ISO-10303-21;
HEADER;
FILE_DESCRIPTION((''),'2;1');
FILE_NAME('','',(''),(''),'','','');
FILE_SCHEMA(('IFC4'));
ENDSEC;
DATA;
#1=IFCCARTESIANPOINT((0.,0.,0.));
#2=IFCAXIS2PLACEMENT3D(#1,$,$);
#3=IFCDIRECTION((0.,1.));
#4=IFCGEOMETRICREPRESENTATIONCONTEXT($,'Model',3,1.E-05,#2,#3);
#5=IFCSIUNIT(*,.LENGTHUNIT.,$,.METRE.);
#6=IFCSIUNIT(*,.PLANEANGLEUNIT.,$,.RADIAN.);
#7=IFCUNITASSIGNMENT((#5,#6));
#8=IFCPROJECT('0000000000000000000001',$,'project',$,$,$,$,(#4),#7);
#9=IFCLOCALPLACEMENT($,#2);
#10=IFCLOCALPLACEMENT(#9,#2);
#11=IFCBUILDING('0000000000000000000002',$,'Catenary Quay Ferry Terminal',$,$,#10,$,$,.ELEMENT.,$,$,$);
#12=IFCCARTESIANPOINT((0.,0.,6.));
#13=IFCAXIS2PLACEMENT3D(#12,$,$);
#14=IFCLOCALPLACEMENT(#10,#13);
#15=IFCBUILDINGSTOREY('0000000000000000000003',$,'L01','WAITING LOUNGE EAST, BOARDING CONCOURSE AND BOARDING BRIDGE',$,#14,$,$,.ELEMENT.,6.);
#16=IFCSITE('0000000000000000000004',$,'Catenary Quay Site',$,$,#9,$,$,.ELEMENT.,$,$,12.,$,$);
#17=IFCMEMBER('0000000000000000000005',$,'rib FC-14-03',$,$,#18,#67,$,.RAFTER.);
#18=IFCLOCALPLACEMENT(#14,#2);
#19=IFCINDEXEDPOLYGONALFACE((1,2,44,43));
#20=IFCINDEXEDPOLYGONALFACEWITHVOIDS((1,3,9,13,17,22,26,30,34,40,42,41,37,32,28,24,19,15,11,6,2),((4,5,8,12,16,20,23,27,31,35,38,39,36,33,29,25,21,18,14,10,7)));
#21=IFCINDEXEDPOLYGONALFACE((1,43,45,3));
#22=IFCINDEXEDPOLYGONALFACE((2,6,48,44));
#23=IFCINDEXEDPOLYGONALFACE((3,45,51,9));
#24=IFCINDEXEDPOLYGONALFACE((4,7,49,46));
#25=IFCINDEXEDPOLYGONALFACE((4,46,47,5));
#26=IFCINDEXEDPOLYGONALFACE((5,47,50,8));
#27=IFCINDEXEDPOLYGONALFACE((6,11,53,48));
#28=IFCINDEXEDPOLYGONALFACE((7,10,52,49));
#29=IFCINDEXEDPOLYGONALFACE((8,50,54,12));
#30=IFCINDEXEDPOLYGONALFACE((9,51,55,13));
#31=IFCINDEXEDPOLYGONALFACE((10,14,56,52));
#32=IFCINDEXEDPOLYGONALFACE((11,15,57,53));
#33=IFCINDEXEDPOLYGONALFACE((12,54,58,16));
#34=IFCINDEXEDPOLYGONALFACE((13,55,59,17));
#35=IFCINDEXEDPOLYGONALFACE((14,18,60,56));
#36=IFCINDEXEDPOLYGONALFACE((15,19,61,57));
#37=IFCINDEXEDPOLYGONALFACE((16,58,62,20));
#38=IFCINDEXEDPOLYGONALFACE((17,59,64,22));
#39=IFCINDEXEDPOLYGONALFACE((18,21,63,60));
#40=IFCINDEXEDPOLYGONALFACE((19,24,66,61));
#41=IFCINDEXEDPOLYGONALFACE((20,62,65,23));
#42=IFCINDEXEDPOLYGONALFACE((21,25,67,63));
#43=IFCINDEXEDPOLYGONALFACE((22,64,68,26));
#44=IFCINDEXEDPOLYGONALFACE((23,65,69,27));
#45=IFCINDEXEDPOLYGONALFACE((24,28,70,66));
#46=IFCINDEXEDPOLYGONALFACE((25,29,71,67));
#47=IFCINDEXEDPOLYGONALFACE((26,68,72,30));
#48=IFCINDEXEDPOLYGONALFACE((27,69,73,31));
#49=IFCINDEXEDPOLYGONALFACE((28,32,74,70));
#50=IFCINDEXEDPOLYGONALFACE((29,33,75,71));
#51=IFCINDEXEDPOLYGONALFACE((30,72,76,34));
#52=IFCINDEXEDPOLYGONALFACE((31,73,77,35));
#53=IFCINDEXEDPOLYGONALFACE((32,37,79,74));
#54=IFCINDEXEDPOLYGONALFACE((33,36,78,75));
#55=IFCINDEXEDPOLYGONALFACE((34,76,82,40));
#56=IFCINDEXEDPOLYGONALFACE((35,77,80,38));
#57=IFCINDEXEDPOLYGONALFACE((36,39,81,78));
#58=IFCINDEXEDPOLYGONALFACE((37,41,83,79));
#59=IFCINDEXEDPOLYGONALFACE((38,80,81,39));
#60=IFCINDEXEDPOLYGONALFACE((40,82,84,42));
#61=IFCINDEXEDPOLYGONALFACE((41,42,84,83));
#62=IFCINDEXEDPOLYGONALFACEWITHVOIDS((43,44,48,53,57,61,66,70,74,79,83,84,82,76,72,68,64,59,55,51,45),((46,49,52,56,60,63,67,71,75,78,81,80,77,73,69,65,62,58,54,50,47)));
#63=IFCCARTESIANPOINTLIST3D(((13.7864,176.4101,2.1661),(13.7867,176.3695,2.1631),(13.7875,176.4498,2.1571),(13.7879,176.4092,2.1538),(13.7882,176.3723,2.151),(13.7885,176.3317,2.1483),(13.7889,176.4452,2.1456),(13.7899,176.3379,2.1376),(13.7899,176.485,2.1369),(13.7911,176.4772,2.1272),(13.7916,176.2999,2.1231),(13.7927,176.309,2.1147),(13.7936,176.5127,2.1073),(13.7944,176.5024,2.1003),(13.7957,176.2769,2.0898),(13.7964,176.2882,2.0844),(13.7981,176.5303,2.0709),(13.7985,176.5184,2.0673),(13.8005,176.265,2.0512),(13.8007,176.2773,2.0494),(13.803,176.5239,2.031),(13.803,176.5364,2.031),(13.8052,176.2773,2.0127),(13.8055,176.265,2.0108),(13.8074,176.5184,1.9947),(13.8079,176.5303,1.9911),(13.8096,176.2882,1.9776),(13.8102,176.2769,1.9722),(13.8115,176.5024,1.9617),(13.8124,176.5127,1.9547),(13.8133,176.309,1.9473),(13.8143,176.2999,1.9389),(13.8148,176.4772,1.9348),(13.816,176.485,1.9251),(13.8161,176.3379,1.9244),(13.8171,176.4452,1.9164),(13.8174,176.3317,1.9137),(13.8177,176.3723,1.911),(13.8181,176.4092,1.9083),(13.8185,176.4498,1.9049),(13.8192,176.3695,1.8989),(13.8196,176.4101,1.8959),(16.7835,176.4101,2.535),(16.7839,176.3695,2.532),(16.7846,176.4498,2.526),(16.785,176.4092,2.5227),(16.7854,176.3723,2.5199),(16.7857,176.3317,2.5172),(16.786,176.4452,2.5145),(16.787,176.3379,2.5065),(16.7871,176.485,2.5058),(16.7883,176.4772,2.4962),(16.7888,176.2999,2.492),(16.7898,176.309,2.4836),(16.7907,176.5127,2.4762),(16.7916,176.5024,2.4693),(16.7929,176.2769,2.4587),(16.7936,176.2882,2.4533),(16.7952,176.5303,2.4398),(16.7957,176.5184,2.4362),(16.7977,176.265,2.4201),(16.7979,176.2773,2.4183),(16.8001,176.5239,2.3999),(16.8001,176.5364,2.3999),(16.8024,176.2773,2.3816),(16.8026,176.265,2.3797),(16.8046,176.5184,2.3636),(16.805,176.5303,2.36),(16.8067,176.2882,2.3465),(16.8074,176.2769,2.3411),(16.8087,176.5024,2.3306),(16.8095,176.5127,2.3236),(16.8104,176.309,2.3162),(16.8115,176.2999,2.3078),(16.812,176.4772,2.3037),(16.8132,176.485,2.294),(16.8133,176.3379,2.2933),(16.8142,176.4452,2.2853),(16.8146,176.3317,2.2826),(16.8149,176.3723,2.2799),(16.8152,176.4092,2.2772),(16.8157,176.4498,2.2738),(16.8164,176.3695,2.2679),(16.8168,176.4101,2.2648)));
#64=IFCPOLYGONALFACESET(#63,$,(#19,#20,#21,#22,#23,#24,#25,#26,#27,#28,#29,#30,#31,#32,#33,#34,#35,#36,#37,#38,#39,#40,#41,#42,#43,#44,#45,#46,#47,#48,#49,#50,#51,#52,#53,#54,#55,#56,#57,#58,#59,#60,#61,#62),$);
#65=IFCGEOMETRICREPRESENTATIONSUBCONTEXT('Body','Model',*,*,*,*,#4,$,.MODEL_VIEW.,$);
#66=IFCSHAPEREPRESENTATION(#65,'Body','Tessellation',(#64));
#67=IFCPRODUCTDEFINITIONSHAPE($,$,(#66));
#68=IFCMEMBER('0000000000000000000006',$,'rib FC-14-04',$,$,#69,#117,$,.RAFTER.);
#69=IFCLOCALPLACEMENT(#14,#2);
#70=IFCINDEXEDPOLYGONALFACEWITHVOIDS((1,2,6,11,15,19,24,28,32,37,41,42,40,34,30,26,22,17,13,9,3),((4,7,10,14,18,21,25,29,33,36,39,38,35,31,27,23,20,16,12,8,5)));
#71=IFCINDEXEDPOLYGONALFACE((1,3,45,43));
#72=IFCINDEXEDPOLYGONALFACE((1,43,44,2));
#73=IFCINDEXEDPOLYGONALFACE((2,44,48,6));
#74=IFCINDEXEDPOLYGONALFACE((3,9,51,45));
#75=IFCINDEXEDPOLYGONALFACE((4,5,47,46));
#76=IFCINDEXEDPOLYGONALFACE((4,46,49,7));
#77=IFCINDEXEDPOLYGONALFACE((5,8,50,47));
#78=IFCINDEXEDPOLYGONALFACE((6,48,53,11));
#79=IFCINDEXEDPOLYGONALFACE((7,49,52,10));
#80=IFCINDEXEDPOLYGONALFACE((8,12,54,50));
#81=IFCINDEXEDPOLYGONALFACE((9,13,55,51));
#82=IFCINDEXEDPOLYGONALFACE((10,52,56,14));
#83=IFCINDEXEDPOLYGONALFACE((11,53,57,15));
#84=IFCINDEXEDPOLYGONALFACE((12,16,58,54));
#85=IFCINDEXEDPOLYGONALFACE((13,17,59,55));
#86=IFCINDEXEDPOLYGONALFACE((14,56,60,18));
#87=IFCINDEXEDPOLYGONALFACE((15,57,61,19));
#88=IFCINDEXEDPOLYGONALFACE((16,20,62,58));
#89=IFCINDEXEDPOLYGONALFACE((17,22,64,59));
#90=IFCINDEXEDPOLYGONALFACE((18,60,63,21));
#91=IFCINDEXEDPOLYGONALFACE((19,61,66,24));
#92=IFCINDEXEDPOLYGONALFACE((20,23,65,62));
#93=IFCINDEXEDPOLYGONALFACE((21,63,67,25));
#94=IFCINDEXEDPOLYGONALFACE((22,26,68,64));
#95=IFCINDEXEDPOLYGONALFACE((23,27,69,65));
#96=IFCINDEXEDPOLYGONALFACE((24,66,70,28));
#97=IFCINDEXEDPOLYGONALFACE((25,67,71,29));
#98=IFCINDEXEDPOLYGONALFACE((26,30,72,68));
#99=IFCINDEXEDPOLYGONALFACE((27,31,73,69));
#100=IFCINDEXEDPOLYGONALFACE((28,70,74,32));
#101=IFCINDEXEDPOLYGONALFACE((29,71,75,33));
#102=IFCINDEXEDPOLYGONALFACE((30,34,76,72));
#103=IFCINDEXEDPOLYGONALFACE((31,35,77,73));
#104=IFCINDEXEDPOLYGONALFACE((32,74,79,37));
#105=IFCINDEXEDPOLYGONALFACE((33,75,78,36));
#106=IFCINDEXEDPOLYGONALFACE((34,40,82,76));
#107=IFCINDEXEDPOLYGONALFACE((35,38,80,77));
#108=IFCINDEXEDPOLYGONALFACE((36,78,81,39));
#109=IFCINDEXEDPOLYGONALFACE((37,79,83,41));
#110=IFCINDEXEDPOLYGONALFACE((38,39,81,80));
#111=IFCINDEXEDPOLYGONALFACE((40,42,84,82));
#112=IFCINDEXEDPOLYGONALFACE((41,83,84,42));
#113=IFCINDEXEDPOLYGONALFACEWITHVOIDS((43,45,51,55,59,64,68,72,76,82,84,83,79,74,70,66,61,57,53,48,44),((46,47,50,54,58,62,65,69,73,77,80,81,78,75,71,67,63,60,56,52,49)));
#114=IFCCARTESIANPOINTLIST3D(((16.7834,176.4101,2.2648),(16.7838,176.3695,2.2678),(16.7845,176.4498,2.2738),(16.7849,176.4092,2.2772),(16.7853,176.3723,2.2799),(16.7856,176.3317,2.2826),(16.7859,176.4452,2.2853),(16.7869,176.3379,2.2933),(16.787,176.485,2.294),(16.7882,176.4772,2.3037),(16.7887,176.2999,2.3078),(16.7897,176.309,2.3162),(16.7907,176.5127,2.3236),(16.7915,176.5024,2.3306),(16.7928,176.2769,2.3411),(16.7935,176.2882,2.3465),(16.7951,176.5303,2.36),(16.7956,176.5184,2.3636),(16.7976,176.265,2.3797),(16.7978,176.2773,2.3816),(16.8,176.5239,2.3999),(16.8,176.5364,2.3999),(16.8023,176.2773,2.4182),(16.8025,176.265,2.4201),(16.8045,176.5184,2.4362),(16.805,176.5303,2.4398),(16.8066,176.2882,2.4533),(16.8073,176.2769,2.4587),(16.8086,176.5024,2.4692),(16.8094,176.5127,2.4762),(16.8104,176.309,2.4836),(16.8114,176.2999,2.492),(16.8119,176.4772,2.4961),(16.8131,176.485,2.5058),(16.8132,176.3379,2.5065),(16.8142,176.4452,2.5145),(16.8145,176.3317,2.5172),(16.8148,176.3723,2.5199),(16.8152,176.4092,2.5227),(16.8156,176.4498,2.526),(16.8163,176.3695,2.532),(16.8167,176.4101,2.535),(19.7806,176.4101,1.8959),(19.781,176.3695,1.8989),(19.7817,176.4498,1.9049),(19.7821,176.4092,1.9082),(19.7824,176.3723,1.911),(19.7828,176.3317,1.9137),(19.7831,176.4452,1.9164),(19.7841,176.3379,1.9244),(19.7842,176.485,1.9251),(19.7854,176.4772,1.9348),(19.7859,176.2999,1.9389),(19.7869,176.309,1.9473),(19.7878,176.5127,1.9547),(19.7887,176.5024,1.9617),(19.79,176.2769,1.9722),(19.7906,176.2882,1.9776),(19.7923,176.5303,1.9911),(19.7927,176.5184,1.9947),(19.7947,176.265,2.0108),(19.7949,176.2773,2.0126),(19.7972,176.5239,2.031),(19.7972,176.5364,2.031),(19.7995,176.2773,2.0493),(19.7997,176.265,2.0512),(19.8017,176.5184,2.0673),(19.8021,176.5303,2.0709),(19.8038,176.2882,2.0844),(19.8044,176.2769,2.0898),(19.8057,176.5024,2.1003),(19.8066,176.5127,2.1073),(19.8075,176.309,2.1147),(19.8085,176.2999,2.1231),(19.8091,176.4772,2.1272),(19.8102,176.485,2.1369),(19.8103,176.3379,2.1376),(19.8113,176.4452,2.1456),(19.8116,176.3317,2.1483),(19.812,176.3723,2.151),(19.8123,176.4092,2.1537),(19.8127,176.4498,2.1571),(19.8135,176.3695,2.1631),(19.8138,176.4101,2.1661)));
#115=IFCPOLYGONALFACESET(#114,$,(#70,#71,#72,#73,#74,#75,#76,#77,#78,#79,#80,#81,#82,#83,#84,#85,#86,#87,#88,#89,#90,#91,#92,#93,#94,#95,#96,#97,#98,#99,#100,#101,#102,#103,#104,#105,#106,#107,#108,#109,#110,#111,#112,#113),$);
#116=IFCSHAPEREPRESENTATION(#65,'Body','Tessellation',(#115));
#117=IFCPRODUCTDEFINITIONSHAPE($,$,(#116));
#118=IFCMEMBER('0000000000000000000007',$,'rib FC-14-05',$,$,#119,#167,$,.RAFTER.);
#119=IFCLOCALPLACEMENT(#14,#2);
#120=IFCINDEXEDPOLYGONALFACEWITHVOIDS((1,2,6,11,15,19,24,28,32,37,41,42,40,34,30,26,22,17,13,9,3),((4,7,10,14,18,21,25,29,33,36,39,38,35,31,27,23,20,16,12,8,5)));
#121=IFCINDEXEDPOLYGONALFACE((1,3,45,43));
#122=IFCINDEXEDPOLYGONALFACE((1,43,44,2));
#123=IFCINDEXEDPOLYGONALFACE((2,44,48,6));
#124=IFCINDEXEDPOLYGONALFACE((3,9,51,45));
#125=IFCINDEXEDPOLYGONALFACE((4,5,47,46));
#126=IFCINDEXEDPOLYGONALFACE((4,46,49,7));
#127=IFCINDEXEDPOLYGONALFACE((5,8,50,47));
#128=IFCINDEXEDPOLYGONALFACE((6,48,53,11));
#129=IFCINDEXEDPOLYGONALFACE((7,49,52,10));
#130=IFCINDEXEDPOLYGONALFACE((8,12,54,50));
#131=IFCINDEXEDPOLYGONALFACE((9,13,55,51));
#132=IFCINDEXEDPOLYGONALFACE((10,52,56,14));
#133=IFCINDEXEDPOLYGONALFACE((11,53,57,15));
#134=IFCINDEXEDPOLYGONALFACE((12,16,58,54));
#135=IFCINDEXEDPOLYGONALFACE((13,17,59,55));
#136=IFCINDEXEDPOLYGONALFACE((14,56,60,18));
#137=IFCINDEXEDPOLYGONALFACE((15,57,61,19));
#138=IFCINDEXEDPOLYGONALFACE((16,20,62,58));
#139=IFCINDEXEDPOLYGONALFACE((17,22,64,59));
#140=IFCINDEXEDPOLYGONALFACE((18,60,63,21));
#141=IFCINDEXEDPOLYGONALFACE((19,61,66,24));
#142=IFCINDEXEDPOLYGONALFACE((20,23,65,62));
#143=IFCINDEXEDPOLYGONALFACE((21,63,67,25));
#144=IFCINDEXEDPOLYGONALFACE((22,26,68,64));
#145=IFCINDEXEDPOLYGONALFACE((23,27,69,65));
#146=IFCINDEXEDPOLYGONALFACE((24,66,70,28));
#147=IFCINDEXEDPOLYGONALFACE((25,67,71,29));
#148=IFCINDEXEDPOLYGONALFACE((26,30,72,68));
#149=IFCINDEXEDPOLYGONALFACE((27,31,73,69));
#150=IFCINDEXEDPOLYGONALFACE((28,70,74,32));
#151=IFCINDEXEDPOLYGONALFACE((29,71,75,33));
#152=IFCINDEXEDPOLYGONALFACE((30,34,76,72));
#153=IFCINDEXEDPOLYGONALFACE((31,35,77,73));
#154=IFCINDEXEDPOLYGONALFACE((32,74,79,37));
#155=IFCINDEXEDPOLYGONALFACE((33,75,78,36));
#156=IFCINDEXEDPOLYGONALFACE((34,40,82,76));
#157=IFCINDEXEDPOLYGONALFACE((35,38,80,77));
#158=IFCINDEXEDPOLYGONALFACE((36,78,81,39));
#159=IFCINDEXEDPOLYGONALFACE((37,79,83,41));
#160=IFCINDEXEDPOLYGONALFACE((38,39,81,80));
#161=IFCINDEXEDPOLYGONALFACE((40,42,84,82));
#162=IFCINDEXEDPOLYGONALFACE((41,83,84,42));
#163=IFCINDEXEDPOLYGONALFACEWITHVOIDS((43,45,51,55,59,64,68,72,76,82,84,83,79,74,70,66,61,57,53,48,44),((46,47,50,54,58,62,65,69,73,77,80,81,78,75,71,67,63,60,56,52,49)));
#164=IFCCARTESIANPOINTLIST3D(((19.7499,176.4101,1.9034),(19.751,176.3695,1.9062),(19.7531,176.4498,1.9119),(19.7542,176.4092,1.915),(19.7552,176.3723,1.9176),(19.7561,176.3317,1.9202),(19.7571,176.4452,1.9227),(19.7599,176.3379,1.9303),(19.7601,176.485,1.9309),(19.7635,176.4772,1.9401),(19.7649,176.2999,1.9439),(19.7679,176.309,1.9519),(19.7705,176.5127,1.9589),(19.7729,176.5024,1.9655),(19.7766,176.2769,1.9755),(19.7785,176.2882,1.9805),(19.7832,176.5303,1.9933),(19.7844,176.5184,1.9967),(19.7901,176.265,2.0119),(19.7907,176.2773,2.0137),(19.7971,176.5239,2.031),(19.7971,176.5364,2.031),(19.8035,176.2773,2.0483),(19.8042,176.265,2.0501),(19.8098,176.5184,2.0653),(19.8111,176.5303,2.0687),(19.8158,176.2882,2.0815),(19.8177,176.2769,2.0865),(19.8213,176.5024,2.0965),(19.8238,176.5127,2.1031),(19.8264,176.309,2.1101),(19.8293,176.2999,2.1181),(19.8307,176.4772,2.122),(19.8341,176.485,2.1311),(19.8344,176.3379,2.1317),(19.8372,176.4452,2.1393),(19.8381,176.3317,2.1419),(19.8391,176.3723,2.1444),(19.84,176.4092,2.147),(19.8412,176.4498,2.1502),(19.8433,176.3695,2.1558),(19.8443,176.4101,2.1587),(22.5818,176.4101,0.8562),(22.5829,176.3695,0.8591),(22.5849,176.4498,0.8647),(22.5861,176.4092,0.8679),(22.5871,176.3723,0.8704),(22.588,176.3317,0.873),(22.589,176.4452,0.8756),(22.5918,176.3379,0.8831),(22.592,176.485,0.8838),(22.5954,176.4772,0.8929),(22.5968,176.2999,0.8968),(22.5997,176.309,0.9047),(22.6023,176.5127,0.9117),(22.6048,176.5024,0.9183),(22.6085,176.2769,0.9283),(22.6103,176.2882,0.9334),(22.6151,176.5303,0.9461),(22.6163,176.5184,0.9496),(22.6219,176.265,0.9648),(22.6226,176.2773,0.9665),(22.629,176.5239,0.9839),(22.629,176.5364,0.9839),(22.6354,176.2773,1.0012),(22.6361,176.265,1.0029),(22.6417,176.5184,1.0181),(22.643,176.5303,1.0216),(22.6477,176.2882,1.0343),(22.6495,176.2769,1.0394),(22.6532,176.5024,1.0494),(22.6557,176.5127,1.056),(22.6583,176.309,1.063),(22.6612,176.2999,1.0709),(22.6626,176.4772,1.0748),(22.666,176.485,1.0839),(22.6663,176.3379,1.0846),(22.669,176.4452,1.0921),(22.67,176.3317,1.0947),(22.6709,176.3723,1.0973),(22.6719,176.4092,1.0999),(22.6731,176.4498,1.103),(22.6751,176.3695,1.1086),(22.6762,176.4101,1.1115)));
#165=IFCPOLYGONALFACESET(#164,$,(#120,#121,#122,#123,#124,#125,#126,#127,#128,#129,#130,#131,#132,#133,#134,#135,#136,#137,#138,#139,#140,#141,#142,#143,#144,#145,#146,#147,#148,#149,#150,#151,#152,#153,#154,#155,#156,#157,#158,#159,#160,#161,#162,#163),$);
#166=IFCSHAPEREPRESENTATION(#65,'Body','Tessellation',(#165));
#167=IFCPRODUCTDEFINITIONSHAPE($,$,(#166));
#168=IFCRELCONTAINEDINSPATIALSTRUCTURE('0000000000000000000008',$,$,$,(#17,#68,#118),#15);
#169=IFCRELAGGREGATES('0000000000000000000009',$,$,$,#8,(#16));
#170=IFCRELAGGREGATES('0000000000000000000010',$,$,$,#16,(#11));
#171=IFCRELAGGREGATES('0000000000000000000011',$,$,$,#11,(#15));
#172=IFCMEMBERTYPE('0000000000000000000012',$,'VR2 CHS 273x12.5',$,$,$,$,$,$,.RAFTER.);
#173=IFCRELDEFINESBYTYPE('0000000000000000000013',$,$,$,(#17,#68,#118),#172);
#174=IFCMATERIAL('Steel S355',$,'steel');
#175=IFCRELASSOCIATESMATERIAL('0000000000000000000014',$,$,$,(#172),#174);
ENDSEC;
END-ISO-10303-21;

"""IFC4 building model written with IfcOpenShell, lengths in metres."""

from ifc_helpers import new_model, si_unit, direction, frame, origin, origin_2d, place, context, subcontext, project, spatial, hollow_circle, extrude, material, material_profile, profile_set, type_object, element, save


model = new_model("IFC4")

# Units and contexts
model_context = context("Model", 3, precision=1e-05, world=origin(), true_north=direction((0.0, 1.0)))
body_context = subcontext(model_context, "Body", "Model", "MODEL_VIEW")
ifc_project = project(units=[si_unit("LENGTHUNIT", "METRE"), si_unit("PLANEANGLEUNIT", "RADIAN")], contexts=[model_context])

# Site, building, storey
site_placement = place(None, origin())
site = spatial("IfcSite", under=ifc_project, at=site_placement, Name="Catenary Quay Site", CompositionType="ELEMENT", RefElevation=12.0)
building_placement = place(site_placement, origin())
building = spatial("IfcBuilding", under=site, at=building_placement, Name="Catenary Quay Ferry Terminal", CompositionType="ELEMENT")
storey_placement = place(building_placement, frame((0.0, 0.0, 6.0)))
storey = spatial("IfcBuildingStorey", under=building, at=storey_placement, Name="L01", Description="WAITING LOUNGE EAST, BOARDING CONCOURSE AND BOARDING BRIDGE", CompositionType="ELEMENT", Elevation=6.0)

# Members
ifc_material_1 = material(Name="Steel S355", Category="steel")
ifc_material_profile_1 = material_profile(ifc_material_1, hollow_circle(Radius=0.1365, WallThickness=0.0125, at=origin_2d()), Name="CHS 273x12.5")
ifc_profile_set_1 = profile_set([ifc_material_profile_1], Name="Steel S355")
member_type_1 = type_object("IfcMemberType", Name="VR2 CHS 273x12.5", PredefinedType="RAFTER", material=ifc_profile_set_1)
for number, where, z_axis, x_axis, name in (
    (1, (13.803, 176.3999, 2.031), (0.99251, 0.0, 0.122164), (0.0, 1.0, 0.0), "rib FC-14-03"),
    (2, (16.8, 176.3999, 2.3999), (0.99251, 0.0, -0.122164), (0.0, 1.0, 0.0), "rib FC-14-04"),
):
    element("IfcMember", number, at=place(storey_placement, frame(where, z_axis=z_axis, x_axis=x_axis)), inside=storey, type_object=member_type_1, Name=name, PredefinedType="RAFTER", context=body_context, shape_type="SweptSolid", body=[
        extrude(hollow_circle(Radius=0.1365, WallThickness=0.0125, at=origin_2d()), origin(), (0.0, 0.0, 1.0), 3.0198),
    ])
member_1_placement = place(storey_placement, frame((19.7971, 176.3999, 2.031), z_axis=(0.937931, 0.0, -0.346822), x_axis=(0.0, 1.0, 0.0)))
element("IfcMember", 3, at=member_1_placement, inside=storey, type_object=member_type_1, Name="rib FC-14-05", PredefinedType="RAFTER", context=body_context, shape_type="SweptSolid", body=[
    extrude(hollow_circle(Radius=0.1365, WallThickness=0.0125, at=origin_2d()), origin(), (0.0, 0.0, 1.0), 3.0193),
])

save(model, "model.ifc")
